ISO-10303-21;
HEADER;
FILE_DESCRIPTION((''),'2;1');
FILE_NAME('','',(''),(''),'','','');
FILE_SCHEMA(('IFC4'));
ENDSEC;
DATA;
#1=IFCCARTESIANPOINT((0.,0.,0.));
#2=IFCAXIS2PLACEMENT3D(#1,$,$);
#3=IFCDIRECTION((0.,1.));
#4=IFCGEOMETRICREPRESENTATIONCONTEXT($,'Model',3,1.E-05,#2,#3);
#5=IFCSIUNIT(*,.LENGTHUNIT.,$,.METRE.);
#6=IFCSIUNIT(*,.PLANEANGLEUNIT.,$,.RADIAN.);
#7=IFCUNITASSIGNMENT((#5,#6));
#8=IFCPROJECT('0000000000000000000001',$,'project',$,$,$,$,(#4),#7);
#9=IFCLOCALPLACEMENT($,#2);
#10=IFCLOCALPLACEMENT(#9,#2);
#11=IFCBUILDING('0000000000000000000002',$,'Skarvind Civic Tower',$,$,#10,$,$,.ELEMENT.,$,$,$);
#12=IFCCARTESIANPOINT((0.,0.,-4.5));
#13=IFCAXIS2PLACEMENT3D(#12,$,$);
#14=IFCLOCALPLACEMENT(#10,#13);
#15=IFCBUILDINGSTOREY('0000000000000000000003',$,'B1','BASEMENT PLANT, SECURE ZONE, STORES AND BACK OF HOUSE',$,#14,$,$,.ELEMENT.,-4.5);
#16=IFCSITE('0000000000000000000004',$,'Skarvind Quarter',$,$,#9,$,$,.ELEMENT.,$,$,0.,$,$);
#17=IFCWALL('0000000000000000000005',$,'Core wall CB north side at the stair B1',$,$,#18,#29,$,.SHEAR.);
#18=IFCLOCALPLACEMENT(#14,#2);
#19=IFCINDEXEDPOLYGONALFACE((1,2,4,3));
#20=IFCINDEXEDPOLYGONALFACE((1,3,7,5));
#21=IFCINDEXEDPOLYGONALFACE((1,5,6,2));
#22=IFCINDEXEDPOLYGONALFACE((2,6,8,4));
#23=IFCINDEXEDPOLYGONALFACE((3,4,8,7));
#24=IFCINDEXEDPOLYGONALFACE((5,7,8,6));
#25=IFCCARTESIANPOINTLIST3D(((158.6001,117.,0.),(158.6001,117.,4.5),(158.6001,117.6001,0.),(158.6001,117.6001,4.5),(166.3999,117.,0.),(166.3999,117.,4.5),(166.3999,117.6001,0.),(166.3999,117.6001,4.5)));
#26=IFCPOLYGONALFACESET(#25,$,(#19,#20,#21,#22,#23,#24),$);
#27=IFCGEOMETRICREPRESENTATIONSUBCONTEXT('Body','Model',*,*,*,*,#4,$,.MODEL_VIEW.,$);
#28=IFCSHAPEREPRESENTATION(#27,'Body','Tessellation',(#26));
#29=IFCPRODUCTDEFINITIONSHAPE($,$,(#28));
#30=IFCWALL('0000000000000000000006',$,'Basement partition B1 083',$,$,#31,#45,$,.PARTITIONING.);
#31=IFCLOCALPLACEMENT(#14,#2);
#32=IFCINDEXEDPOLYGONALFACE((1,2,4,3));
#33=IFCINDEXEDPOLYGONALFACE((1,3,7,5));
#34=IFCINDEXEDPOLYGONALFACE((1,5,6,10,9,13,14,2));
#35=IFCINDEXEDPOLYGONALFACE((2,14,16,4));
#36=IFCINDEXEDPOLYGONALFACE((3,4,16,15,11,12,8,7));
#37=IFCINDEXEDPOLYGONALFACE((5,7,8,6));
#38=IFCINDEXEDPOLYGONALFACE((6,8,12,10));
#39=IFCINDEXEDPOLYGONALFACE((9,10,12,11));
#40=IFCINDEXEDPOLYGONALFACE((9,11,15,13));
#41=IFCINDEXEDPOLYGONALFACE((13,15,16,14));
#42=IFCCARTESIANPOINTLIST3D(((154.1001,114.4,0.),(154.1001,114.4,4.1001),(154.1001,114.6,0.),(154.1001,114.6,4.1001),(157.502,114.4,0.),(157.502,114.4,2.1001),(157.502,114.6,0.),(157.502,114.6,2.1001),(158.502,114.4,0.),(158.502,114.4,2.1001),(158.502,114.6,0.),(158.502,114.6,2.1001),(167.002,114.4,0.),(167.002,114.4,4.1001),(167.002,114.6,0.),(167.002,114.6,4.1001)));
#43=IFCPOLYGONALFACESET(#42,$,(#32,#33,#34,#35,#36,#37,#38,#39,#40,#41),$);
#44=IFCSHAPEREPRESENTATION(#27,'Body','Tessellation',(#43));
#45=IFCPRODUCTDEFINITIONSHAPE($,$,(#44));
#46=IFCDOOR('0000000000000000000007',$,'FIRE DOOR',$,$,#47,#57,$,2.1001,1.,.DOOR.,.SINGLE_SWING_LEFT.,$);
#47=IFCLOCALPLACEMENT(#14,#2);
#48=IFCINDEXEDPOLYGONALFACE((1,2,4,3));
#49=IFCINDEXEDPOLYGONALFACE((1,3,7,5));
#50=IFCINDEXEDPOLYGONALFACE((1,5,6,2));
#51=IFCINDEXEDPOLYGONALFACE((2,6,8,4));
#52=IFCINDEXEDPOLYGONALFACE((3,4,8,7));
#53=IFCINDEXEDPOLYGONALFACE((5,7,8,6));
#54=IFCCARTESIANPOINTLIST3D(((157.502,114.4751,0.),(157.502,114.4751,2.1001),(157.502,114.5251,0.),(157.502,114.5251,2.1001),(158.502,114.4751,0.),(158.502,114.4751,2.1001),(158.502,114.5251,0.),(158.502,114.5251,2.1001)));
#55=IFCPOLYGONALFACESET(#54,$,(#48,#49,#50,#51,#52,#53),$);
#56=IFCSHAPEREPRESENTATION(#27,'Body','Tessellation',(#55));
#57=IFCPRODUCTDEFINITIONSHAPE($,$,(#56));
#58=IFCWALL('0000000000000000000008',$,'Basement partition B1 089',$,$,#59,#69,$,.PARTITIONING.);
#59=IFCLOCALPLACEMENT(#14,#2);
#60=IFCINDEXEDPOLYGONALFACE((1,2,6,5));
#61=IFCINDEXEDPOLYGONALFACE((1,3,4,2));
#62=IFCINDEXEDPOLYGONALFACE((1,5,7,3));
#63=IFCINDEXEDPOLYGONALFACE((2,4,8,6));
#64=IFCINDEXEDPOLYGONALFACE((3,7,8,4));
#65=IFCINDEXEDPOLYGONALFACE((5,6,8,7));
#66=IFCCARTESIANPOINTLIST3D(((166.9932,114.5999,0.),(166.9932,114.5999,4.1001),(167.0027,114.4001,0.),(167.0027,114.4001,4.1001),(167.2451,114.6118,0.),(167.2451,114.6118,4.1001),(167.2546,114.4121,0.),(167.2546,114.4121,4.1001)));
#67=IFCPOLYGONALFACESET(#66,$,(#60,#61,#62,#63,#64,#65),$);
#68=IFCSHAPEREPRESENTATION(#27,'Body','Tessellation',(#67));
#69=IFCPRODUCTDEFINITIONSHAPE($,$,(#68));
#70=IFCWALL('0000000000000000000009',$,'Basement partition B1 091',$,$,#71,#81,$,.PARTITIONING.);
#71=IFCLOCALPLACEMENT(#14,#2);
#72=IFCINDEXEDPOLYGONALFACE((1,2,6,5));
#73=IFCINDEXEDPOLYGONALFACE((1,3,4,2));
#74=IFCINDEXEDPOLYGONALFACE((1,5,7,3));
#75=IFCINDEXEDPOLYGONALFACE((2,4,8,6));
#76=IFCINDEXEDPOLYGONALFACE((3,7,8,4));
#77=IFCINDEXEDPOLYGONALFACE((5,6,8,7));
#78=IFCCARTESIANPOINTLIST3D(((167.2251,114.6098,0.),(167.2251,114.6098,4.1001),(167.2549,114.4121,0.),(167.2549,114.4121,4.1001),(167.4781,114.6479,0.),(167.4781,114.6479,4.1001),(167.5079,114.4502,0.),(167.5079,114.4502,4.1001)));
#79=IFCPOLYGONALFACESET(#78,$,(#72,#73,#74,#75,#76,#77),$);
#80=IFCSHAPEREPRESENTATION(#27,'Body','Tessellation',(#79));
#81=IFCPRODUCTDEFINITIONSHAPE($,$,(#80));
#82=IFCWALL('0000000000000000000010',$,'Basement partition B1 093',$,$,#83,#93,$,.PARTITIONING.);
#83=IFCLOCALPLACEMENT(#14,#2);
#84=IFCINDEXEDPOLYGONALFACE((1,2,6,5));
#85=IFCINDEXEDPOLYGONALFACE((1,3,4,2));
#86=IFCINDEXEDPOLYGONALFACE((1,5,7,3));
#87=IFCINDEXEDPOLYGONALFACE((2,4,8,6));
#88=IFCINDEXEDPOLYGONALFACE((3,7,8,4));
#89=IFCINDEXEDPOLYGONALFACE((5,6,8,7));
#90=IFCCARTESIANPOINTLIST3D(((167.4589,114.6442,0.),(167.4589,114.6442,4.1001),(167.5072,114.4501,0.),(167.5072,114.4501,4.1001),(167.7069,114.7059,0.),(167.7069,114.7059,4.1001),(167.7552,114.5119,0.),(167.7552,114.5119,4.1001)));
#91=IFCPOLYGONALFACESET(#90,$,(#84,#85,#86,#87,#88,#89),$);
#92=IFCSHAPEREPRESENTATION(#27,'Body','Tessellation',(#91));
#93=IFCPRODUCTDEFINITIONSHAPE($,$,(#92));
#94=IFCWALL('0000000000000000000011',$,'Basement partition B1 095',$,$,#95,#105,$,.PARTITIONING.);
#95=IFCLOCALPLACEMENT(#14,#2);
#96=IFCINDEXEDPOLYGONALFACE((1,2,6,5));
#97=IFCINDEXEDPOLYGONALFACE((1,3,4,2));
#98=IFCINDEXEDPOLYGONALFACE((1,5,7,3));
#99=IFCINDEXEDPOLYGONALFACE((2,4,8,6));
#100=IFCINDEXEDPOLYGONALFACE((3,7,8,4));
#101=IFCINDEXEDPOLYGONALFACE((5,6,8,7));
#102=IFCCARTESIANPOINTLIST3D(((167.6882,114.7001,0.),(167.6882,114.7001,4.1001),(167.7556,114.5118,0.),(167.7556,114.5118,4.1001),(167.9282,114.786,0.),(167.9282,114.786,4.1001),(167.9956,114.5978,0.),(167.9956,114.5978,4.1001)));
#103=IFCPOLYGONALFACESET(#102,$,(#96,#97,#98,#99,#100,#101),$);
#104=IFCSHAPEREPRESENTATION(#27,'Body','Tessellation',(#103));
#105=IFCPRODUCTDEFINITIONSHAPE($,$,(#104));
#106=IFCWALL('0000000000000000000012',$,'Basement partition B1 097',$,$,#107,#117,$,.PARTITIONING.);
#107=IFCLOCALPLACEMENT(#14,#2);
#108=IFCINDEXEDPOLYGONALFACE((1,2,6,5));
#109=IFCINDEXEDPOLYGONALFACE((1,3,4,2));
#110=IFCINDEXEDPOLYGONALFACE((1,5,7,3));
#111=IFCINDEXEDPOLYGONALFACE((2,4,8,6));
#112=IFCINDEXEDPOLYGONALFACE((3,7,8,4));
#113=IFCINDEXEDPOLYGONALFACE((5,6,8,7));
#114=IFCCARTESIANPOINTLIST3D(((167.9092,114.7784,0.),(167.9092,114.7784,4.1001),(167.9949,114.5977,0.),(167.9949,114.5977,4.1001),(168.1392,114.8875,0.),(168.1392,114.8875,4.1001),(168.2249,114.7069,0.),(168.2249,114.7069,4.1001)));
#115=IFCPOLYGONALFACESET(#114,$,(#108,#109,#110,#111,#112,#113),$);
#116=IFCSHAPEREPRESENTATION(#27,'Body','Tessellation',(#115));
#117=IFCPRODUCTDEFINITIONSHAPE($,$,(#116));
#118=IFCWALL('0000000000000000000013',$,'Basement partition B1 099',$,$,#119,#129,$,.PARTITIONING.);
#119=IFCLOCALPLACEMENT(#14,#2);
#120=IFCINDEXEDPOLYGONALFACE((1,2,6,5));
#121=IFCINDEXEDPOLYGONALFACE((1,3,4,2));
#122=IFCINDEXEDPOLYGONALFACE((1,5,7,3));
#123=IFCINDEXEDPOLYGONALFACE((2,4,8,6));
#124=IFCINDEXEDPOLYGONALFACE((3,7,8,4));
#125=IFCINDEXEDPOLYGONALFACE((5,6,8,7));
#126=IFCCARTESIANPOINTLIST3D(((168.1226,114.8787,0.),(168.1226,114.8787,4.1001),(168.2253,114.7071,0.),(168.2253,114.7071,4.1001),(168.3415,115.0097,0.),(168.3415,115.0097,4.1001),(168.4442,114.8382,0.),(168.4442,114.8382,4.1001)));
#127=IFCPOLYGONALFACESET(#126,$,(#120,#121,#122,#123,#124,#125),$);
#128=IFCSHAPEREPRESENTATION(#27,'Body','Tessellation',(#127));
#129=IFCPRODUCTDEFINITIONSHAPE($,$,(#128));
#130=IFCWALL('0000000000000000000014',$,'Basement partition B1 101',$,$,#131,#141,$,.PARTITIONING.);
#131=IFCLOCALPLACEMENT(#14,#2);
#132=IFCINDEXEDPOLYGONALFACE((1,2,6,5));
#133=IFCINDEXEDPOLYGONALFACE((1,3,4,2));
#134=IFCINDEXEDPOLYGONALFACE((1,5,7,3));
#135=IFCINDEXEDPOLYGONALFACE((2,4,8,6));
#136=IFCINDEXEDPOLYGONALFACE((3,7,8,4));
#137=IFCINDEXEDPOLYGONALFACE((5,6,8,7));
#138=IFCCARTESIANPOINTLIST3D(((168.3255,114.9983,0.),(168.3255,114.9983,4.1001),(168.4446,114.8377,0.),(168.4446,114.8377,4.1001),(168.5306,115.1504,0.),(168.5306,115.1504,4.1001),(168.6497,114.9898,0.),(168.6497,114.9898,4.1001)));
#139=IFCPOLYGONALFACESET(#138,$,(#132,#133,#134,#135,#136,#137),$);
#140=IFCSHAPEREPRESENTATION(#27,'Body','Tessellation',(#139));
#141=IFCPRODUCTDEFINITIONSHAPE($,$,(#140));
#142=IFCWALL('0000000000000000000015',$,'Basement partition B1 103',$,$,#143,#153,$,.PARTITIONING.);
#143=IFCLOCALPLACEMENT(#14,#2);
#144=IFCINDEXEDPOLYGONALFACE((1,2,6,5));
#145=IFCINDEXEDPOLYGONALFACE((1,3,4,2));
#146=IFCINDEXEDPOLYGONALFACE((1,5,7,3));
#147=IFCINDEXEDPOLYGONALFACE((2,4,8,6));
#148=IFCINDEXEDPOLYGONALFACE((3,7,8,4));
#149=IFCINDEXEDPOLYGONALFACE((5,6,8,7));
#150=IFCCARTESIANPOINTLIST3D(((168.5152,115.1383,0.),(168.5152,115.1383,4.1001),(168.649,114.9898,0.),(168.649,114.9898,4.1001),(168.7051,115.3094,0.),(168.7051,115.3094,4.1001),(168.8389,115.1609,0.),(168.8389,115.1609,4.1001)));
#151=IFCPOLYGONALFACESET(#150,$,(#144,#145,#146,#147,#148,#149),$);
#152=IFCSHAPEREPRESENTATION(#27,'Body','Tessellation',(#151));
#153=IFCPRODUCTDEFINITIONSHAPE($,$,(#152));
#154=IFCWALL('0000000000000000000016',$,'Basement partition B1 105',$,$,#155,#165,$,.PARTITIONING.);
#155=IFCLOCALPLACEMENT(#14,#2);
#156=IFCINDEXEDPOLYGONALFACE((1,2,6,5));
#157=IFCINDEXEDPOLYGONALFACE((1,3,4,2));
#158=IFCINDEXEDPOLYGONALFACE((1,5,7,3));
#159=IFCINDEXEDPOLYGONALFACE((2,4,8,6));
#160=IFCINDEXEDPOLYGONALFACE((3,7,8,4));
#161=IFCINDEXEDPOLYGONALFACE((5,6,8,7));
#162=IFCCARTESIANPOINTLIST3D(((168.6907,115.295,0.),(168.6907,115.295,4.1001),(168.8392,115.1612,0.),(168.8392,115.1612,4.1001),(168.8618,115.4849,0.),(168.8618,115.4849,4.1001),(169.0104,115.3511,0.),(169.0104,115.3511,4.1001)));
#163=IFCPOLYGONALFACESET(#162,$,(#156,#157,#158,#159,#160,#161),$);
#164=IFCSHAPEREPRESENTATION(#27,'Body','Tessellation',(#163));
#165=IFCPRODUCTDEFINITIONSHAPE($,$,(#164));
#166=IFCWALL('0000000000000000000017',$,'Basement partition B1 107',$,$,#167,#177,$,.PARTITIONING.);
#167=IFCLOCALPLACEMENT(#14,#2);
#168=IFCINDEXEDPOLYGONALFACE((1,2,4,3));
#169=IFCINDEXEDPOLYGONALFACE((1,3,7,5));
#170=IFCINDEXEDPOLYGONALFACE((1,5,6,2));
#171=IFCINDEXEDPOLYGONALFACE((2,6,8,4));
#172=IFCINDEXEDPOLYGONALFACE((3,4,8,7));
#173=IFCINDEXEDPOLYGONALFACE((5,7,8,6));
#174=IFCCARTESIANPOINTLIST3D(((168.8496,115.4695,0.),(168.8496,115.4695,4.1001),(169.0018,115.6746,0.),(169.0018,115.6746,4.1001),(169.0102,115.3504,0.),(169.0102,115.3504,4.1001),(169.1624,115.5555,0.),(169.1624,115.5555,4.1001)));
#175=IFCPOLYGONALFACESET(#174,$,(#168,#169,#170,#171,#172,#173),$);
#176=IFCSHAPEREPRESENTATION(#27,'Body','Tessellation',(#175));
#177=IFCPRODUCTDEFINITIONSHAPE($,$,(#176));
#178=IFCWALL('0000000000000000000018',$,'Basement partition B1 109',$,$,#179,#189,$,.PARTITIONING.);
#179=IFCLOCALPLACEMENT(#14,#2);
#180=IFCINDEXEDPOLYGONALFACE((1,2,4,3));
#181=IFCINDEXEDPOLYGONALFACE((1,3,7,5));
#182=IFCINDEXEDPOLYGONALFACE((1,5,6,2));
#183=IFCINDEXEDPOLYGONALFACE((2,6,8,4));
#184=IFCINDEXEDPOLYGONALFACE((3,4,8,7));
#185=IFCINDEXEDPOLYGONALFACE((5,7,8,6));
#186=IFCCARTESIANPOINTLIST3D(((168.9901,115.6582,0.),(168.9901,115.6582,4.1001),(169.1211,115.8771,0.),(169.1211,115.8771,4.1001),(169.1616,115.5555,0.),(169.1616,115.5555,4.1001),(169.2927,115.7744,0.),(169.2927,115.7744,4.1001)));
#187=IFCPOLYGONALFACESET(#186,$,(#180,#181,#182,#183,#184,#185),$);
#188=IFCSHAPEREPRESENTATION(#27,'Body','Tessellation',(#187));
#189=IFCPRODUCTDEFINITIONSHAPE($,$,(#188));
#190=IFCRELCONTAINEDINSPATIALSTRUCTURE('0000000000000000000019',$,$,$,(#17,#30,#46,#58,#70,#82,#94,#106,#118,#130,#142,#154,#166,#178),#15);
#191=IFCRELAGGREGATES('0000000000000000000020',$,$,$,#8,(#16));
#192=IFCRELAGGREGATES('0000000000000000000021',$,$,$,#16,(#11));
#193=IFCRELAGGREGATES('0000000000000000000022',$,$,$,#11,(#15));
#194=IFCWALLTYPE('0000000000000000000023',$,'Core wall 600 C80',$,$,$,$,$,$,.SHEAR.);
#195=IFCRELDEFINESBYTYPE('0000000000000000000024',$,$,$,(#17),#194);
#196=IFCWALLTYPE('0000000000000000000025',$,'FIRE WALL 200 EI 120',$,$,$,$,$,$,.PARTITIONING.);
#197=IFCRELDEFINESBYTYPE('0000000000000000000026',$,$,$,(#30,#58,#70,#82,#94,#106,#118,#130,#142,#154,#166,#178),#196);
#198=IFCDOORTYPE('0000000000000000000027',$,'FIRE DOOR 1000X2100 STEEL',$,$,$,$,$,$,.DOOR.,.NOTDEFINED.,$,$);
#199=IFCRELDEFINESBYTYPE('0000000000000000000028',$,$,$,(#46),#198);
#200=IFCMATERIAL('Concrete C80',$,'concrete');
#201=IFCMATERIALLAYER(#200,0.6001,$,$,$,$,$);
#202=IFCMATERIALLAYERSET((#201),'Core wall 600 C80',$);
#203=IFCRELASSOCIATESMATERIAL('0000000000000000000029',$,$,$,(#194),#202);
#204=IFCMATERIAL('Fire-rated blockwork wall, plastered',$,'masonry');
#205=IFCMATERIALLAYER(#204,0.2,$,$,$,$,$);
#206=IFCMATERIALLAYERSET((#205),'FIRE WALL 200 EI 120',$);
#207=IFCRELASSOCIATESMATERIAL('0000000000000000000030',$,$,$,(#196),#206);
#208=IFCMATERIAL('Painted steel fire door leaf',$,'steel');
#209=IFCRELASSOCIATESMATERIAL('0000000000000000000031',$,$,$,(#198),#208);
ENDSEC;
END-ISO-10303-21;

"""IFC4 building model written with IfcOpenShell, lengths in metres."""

from ifc_helpers import new_model, si_unit, direction, frame, frame_2d, origin, place, context, subcontext, project, spatial, rectangle, extrude, material, layer, layer_set, type_object, element, fill, save


model = new_model("IFC4")

# Units and contexts
model_context = context("Model", 3, precision=1e-05, world=origin(), true_north=direction((0.0, 1.0)))
body_context = subcontext(model_context, "Body", "Model", "MODEL_VIEW")
ifc_project = project(units=[si_unit("LENGTHUNIT", "METRE"), si_unit("PLANEANGLEUNIT", "RADIAN")], contexts=[model_context])

# Site, building, storey
site_placement = place(None, origin())
site = spatial("IfcSite", under=ifc_project, at=site_placement, Name="Skarvind Quarter", CompositionType="ELEMENT", RefElevation=0.0)
building_placement = place(site_placement, origin())
building = spatial("IfcBuilding", under=site, at=building_placement, Name="Skarvind Civic Tower", CompositionType="ELEMENT")
storey_placement = place(building_placement, frame((0.0, 0.0, -4.5)))
storey = spatial("IfcBuildingStorey", under=building, at=storey_placement, Name="B1", Description="BASEMENT PLANT, SECURE ZONE, STORES AND BACK OF HOUSE", CompositionType="ELEMENT", Elevation=-4.5)

# Wall
ifc_material_1 = material(Name="Concrete C80", Category="concrete")
ifc_layer_1 = layer(ifc_material_1, 0.6001)
ifc_layer_set_1 = layer_set([ifc_layer_1], Name="Core wall 600 C80")
wall_type_1 = type_object("IfcWallType", Name="Core wall 600 C80", PredefinedType="SHEAR", material=ifc_layer_set_1)
wall_1_placement = place(storey_placement, frame((166.3999, 117.3, 0.0), z_axis=(0.0, 0.0, 1.0), x_axis=(-1.0, 0.0, 0.0)))
element("IfcWall", 1, at=wall_1_placement, inside=storey, type_object=wall_type_1, Name="Core wall CB north side at the stair B1", PredefinedType="SHEAR", context=body_context, shape_type="SweptSolid", body=[
    extrude(rectangle(XDim=7.7998, YDim=0.6001, at=frame_2d((3.8999, 0.0))), origin(), (0.0, 0.0, 1.0), 4.5),
])

# Wall, opening, door
ifc_material_2 = material(Name="Fire-rated blockwork wall, plastered", Category="masonry")
ifc_layer_2 = layer(ifc_material_2, 0.2)
ifc_layer_set_2 = layer_set([ifc_layer_2], Name="FIRE WALL 200 EI 120")
wall_type_2 = type_object("IfcWallType", Name="FIRE WALL 200 EI 120", PredefinedType="PARTITIONING", material=ifc_layer_set_2)
wall_2_placement = place(storey_placement, frame((167.002, 114.5, 0.0), z_axis=(0.0, 0.0, 1.0), x_axis=(-1.0, 0.0, 0.0)))
wall_2 = element("IfcWall", 2, at=wall_2_placement, inside=storey, type_object=wall_type_2, Name="Basement partition B1 083", PredefinedType="PARTITIONING", context=body_context, shape_type="SweptSolid", body=[
    extrude(rectangle(XDim=12.9019, YDim=0.2, at=frame_2d((6.4509, 0.0))), origin(), (0.0, 0.0, 1.0), 4.1001),
])
opening_1_placement = place(wall_2_placement, frame((8.5, 0.0, 0.0)))
opening_1 = element("IfcOpeningElement", 3, at=opening_1_placement, cuts=wall_2, PredefinedType="OPENING", context=body_context, shape_type="SweptSolid", body=[
    extrude(rectangle(XDim=1.0, YDim=2.1001, at=frame_2d((0.5, 1.05))), frame((0.0, 0.1099, 0.0), z_axis=(0.0, -1.0, 0.0), x_axis=(1.0, 0.0, 0.0)), (0.0, 0.0, 1.0), 0.22),
])
ifc_material_3 = material(Name="Painted steel fire door leaf", Category="steel")
door_type = type_object("IfcDoorType", Name="FIRE DOOR 1000X2100 STEEL", OperationType="NOTDEFINED", PredefinedType="DOOR", material=ifc_material_3)
door_1_placement = place(opening_1_placement, origin())
door_1 = element("IfcDoor", 4, at=door_1_placement, inside=storey, type_object=door_type, Name="FIRE DOOR", OperationType="SINGLE_SWING_LEFT", OverallHeight=2.1001, OverallWidth=1.0, PredefinedType="DOOR", context=body_context, shape_type="SweptSolid", body=[
    extrude(rectangle(XDim=1.0, YDim=2.1001, at=frame_2d((0.5, 1.05))), frame((0.0, 0.0249, 0.0), z_axis=(0.0, -1.0, 0.0), x_axis=(1.0, 0.0, 0.0)), (0.0, 0.0, 1.0), 0.05),
])
fill(opening_1, door_1)

# Walls
wall_3_placement = place(storey_placement, frame((166.998, 114.5, 0.0), z_axis=(0.0, 0.0, 1.0), x_axis=(0.998875, 0.047427, 0.0)))
element("IfcWall", 5, at=wall_3_placement, inside=storey, type_object=wall_type_2, Name="Basement partition B1 089", PredefinedType="PARTITIONING", context=body_context, shape_type="SweptSolid", body=[
    extrude(rectangle(XDim=0.2522, YDim=0.2, at=frame_2d((0.126, 0.0))), origin(), (0.0, 0.0, 1.0), 4.1001),
])
wall_4_placement = place(storey_placement, frame((167.24, 114.511, 0.0), z_axis=(0.0, 0.0, 1.0), x_axis=(0.988852, 0.148901, 0.0)))
element("IfcWall", 6, at=wall_4_placement, inside=storey, type_object=wall_type_2, Name="Basement partition B1 091", PredefinedType="PARTITIONING", context=body_context, shape_type="SweptSolid", body=[
    extrude(rectangle(XDim=0.2559, YDim=0.2, at=frame_2d((0.1279, 0.0))), origin(), (0.0, 0.0, 1.0), 4.1001),
])
wall_5_placement = place(storey_placement, frame((167.4829, 114.5471, 0.0), z_axis=(0.0, 0.0, 1.0), x_axis=(0.970367, 0.241637, 0.0)))
element("IfcWall", 7, at=wall_5_placement, inside=storey, type_object=wall_type_2, Name="Basement partition B1 093", PredefinedType="PARTITIONING", context=body_context, shape_type="SweptSolid", body=[
    extrude(rectangle(XDim=0.2556, YDim=0.2, at=frame_2d((0.1279, 0.0))), origin(), (0.0, 0.0, 1.0), 4.1001),
])
wall_6_placement = place(storey_placement, frame((167.7219, 114.606, 0.0), z_axis=(0.0, 0.0, 1.0), x_axis=(0.94146, 0.337125, 0.0)))
element("IfcWall", 8, at=wall_6_placement, inside=storey, type_object=wall_type_2, Name="Basement partition B1 095", PredefinedType="PARTITIONING", context=body_context, shape_type="SweptSolid", body=[
    extrude(rectangle(XDim=0.2549, YDim=0.2, at=frame_2d((0.1274, 0.0))), origin(), (0.0, 0.0, 1.0), 4.1001),
])
wall_7_placement = place(storey_placement, frame((167.9519, 114.688, 0.0), z_axis=(0.0, 0.0, 1.0), x_axis=(0.903445, 0.428705, 0.0)))
element("IfcWall", 9, at=wall_7_placement, inside=storey, type_object=wall_type_2, Name="Basement partition B1 097", PredefinedType="PARTITIONING", context=body_context, shape_type="SweptSolid", body=[
    extrude(rectangle(XDim=0.2546, YDim=0.2, at=frame_2d((0.1274, 0.0))), origin(), (0.0, 0.0, 1.0), 4.1001),
])
wall_8_placement = place(storey_placement, frame((168.1741, 114.793, 0.0), z_axis=(0.0, 0.0, 1.0), x_axis=(0.857999, 0.513652, 0.0)))
element("IfcWall", 10, at=wall_8_placement, inside=storey, type_object=wall_type_2, Name="Basement partition B1 099", PredefinedType="PARTITIONING", context=body_context, shape_type="SweptSolid", body=[
    extrude(rectangle(XDim=0.2551, YDim=0.2, at=frame_2d((0.1274, 0.0))), origin(), (0.0, 0.0, 1.0), 4.1001),
])
wall_9_placement = place(storey_placement, frame((168.385, 114.918, 0.0), z_axis=(0.0, 0.0, 1.0), x_axis=(0.803201, 0.595708, 0.0)))
element("IfcWall", 11, at=wall_9_placement, inside=storey, type_object=wall_type_2, Name="Basement partition B1 101", PredefinedType="PARTITIONING", context=body_context, shape_type="SweptSolid", body=[
    extrude(rectangle(XDim=0.2554, YDim=0.2, at=frame_2d((0.1277, 0.0))), origin(), (0.0, 0.0, 1.0), 4.1001),
])
for number, where, z_axis, x_axis, name in (
    (12, (168.582, 115.064, 0.0), (0.0, 0.0, 1.0), (0.742914, 0.669387, 0.0), "Basement partition B1 103"),
    (13, (168.7649, 115.228, 0.0), (0.0, 0.0, 1.0), (0.669387, 0.742914, 0.0), "Basement partition B1 105"),
):
    element("IfcWall", number, at=place(storey_placement, frame(where, z_axis=z_axis, x_axis=x_axis)), inside=storey, type_object=wall_type_2, Name=name, PredefinedType="PARTITIONING", context=body_context, shape_type="SweptSolid", body=[
        extrude(rectangle(XDim=0.2556, YDim=0.2, at=frame_2d((0.1279, 0.0))), origin(), (0.0, 0.0, 1.0), 4.1001),
    ])
wall_10_placement = place(storey_placement, frame((168.9299, 115.4099, 0.0), z_axis=(0.0, 0.0, 1.0), x_axis=(0.595708, 0.803201, 0.0)))
element("IfcWall", 14, at=wall_10_placement, inside=storey, type_object=wall_type_2, Name="Basement partition B1 107", PredefinedType="PARTITIONING", context=body_context, shape_type="SweptSolid", body=[
    extrude(rectangle(XDim=0.2554, YDim=0.2, at=frame_2d((0.1277, 0.0))), origin(), (0.0, 0.0, 1.0), 4.1001),
])
wall_11_placement = place(storey_placement, frame((169.0759, 115.6069, 0.0), z_axis=(0.0, 0.0, 1.0), x_axis=(0.513652, 0.857999, 0.0)))
element("IfcWall", 15, at=wall_11_placement, inside=storey, type_object=wall_type_2, Name="Basement partition B1 109", PredefinedType="PARTITIONING", context=body_context, shape_type="SweptSolid", body=[
    extrude(rectangle(XDim=0.2551, YDim=0.2, at=frame_2d((0.1274, 0.0))), origin(), (0.0, 0.0, 1.0), 4.1001),
])

save(model, "model.ifc")
